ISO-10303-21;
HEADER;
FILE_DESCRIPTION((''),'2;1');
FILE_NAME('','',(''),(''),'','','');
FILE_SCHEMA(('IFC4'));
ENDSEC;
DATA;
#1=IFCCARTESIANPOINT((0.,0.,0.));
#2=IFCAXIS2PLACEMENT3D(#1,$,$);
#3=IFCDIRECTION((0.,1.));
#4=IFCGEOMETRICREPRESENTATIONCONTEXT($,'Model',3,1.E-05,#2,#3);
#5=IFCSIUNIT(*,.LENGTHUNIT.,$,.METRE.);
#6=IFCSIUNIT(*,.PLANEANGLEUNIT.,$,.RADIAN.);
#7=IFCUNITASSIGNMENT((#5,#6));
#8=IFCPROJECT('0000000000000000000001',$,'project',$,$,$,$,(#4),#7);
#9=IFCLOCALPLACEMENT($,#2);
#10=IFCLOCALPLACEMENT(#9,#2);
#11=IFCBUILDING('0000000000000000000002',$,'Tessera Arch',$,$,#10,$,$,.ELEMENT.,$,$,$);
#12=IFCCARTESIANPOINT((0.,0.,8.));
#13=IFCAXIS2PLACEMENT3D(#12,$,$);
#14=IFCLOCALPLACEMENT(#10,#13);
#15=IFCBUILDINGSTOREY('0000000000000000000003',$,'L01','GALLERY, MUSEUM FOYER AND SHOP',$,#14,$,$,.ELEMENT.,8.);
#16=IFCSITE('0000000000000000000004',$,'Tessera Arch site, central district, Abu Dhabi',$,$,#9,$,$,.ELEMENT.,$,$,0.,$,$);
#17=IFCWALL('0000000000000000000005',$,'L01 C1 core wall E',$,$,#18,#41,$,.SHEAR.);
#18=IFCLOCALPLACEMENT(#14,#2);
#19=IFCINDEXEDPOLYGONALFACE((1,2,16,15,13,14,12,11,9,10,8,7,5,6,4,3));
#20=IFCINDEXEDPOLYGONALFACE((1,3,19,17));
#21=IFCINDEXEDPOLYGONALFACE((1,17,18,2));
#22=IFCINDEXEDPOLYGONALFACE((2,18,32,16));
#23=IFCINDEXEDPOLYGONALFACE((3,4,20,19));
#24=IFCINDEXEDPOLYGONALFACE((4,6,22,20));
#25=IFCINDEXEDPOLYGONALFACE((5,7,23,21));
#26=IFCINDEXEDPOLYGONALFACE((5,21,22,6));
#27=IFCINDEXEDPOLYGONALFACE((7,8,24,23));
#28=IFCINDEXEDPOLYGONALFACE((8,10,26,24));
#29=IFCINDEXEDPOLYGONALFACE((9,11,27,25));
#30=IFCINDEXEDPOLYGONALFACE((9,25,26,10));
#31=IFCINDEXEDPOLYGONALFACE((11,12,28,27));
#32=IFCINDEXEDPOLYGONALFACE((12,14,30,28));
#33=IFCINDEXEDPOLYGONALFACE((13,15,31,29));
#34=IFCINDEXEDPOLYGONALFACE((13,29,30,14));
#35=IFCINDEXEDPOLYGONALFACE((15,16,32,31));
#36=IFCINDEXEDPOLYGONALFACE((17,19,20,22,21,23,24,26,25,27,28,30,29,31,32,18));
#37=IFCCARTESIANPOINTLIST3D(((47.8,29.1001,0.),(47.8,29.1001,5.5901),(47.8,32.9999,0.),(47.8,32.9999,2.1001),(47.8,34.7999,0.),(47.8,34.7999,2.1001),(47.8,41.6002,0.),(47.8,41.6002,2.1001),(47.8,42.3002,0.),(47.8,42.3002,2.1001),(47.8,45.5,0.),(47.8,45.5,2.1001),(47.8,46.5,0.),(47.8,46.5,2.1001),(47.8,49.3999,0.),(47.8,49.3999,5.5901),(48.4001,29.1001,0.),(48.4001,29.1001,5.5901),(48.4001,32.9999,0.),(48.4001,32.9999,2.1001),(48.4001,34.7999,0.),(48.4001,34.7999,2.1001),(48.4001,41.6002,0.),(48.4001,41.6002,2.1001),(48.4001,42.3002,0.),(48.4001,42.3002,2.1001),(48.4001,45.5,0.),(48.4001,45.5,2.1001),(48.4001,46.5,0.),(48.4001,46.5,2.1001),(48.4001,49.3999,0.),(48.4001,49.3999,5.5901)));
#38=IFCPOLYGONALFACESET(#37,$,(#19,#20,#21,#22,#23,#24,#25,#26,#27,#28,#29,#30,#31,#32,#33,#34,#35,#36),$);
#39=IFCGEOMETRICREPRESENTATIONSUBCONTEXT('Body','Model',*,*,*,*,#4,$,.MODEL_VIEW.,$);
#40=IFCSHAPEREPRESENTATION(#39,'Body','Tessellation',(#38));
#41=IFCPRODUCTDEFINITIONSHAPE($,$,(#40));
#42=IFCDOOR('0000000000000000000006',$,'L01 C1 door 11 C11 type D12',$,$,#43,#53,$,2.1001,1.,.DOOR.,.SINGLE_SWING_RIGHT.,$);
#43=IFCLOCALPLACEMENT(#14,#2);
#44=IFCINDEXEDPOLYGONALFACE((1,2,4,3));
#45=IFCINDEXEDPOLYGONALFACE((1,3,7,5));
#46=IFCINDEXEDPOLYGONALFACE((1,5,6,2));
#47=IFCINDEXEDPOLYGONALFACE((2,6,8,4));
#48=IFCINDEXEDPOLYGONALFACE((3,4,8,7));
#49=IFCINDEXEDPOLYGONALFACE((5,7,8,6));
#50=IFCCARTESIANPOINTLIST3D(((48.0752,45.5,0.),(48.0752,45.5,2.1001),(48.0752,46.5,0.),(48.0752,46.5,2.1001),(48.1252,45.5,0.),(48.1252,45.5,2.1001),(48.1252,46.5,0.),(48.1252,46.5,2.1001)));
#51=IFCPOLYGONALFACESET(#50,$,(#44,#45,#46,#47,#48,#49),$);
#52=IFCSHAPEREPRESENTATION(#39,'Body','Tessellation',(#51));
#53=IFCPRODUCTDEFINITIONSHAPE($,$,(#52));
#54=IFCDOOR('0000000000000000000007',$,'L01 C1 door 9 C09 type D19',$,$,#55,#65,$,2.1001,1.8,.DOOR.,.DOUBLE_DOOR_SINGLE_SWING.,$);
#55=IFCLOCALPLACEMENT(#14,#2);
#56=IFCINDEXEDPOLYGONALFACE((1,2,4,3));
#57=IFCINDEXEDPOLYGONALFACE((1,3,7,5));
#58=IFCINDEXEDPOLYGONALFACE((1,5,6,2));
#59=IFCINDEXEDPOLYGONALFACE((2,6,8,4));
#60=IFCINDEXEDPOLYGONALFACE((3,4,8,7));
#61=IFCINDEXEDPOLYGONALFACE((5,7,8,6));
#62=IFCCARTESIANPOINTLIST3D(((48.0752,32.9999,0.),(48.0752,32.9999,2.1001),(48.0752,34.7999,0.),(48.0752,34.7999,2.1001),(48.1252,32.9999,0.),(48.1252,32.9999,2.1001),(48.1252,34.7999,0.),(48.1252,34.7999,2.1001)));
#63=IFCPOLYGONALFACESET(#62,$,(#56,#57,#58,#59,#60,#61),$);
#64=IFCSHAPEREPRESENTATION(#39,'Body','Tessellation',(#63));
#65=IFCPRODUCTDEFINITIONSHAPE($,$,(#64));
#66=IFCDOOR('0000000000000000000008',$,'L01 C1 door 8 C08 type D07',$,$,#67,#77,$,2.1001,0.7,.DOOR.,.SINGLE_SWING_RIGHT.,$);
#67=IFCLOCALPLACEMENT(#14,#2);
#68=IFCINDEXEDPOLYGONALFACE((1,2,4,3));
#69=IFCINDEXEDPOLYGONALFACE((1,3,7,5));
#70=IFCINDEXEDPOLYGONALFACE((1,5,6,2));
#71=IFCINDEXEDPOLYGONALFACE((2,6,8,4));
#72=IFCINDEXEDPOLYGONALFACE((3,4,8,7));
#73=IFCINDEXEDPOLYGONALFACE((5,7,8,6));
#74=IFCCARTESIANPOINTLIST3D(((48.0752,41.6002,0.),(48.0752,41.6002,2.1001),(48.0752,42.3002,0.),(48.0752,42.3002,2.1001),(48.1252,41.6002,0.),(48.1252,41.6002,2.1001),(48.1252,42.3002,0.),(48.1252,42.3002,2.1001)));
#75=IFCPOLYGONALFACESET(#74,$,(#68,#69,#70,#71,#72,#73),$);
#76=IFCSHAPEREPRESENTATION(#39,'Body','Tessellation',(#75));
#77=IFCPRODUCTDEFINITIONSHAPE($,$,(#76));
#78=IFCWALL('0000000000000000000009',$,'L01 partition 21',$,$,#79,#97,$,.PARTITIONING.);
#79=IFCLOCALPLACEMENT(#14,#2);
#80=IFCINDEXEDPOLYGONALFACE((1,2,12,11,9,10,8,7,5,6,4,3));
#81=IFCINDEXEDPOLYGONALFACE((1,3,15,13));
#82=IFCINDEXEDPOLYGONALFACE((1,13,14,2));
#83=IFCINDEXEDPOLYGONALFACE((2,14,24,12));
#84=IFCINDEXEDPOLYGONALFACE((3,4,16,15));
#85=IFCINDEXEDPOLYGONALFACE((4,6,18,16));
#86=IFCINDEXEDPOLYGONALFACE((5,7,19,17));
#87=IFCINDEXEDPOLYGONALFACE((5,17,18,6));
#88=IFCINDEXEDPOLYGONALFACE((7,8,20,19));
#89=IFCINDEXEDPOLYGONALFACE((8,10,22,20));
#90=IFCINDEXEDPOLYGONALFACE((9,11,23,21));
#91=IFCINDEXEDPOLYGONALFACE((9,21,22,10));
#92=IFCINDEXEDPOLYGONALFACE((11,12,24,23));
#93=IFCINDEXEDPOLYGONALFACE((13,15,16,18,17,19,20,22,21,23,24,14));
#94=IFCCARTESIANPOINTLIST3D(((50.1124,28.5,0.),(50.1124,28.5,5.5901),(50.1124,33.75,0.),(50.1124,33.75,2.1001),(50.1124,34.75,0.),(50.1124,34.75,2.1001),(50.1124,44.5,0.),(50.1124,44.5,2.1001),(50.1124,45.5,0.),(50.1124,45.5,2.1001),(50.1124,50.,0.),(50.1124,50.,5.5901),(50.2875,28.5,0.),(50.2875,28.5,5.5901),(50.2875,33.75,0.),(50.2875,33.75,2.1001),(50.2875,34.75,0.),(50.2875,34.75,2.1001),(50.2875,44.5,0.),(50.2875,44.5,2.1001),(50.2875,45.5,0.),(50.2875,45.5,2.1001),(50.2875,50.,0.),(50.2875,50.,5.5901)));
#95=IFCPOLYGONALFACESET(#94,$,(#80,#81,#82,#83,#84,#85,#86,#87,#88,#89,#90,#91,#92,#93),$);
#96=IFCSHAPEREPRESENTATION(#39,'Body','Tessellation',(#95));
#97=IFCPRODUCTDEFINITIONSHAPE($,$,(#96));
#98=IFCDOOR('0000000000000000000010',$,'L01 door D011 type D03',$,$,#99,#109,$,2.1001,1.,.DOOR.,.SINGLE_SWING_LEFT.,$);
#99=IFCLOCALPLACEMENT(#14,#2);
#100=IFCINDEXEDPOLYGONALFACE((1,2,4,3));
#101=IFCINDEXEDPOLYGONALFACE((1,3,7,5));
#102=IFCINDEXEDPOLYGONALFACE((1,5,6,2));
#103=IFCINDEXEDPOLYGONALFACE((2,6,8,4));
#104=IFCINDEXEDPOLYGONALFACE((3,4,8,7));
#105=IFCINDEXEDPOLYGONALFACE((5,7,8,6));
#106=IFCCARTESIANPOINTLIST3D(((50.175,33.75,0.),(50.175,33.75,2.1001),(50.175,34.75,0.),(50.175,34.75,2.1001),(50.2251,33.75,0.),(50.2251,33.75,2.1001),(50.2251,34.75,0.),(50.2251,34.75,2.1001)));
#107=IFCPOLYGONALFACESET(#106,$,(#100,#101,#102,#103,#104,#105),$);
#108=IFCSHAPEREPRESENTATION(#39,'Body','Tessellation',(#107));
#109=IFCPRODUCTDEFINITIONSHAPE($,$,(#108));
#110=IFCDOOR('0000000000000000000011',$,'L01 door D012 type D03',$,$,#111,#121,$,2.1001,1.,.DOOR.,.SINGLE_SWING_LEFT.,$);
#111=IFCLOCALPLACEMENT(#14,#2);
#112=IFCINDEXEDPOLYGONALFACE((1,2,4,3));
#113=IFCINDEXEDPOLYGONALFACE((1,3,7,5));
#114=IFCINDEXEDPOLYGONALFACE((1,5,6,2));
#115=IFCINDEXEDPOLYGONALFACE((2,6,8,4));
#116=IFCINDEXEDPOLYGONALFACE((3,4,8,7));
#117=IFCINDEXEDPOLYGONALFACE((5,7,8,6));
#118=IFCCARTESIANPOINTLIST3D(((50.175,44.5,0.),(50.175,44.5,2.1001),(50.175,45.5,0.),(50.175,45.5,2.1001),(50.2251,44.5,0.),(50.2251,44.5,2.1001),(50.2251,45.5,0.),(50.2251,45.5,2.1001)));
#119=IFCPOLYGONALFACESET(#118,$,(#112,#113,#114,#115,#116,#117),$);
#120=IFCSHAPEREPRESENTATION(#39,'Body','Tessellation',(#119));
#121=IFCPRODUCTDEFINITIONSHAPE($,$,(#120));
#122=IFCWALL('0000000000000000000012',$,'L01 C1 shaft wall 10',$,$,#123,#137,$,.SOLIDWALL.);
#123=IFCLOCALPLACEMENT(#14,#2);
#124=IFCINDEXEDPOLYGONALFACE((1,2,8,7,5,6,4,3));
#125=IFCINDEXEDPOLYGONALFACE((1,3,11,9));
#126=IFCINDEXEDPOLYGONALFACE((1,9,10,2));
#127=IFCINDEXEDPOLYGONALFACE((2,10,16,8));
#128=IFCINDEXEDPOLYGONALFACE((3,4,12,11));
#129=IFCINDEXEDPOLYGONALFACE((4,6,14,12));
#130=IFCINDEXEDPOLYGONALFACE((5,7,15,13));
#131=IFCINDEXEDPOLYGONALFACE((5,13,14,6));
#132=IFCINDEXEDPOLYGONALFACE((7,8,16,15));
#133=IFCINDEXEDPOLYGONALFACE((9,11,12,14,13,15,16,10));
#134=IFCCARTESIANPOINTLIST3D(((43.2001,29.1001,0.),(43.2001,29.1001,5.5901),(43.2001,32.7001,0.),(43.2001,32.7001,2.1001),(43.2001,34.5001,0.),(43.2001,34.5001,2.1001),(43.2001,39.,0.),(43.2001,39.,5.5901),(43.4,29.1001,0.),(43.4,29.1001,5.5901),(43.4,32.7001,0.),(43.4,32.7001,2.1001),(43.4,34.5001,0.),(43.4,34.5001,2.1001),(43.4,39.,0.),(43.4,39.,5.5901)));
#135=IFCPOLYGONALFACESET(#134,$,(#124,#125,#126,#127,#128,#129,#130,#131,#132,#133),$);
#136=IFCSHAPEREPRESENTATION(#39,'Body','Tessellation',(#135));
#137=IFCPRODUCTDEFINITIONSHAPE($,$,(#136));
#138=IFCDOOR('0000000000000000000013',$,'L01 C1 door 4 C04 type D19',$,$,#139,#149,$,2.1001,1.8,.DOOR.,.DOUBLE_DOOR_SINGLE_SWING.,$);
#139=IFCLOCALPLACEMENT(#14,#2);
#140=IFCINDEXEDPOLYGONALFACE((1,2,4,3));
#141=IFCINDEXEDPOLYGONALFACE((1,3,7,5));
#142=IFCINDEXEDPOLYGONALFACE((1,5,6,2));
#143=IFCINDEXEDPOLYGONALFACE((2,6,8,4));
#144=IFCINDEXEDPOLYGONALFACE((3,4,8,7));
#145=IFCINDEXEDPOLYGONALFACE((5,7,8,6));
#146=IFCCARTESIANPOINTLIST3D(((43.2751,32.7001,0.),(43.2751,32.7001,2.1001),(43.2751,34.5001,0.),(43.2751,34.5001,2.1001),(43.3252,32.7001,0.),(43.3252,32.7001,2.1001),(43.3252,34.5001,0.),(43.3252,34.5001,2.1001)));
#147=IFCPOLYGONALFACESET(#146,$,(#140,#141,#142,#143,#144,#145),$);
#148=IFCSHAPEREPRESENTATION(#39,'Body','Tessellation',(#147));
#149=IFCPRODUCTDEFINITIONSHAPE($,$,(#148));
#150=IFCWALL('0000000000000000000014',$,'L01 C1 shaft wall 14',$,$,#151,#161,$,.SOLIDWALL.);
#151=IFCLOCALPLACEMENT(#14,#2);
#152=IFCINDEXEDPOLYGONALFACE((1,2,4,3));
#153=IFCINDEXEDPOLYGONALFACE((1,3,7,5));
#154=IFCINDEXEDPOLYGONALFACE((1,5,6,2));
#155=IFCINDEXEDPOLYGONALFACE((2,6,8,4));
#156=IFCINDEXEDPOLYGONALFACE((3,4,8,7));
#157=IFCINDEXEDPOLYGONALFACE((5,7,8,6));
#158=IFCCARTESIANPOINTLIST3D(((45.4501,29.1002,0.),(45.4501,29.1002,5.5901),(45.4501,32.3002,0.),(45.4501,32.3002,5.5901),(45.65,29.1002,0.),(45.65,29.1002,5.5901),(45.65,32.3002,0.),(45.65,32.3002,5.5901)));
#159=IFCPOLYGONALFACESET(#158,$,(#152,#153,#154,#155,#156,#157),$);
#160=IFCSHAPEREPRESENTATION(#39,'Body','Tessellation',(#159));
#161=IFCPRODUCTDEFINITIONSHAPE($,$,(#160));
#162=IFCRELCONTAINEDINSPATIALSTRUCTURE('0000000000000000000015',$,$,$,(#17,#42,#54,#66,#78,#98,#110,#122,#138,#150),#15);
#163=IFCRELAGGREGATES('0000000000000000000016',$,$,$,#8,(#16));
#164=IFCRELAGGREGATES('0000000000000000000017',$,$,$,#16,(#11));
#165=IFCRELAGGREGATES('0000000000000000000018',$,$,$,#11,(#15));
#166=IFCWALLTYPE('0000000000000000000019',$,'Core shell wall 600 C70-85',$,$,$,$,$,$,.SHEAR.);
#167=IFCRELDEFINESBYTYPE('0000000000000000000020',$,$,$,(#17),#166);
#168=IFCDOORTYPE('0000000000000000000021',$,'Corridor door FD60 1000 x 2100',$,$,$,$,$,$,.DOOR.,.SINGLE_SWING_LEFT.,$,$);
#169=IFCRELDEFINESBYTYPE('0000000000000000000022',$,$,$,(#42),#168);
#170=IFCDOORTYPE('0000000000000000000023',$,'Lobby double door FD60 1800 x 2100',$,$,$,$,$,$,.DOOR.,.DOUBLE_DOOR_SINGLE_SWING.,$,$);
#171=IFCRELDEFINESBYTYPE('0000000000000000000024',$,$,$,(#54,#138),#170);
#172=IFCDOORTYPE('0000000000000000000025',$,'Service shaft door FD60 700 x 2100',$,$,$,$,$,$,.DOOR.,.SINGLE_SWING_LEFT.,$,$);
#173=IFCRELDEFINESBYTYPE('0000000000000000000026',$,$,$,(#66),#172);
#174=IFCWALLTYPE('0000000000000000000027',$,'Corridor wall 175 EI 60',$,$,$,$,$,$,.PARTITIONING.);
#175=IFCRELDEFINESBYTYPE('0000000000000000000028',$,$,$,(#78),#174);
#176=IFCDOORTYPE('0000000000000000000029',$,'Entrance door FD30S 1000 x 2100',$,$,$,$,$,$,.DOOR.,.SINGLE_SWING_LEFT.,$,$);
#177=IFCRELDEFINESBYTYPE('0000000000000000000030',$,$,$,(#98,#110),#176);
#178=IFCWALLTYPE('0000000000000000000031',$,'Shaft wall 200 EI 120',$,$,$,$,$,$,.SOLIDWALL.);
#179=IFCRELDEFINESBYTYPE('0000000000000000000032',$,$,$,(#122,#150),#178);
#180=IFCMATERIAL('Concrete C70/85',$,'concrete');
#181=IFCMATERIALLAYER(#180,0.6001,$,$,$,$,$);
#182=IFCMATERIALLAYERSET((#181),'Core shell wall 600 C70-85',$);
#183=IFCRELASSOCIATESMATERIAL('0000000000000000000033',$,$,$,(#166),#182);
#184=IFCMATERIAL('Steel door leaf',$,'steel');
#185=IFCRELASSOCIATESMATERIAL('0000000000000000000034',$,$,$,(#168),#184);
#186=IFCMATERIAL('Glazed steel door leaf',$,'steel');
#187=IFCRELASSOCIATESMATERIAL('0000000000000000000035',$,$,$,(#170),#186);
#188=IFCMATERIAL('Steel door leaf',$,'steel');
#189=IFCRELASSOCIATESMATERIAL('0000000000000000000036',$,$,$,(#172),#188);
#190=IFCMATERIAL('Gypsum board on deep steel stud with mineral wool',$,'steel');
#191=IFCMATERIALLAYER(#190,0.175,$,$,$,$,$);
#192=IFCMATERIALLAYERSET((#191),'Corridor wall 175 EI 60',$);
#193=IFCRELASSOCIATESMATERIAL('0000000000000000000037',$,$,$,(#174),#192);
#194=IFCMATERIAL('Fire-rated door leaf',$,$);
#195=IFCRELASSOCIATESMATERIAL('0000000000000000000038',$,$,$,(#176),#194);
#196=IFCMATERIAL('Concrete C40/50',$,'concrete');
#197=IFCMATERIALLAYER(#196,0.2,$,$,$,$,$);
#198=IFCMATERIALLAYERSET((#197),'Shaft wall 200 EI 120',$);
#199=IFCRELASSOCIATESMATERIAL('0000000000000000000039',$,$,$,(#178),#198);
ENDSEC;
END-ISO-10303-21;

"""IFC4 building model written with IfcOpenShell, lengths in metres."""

from ifc_helpers import new_model, si_unit, direction, frame, frame_2d, origin, place, context, subcontext, project, spatial, rectangle, extrude, material, layer, layer_set, type_object, element, fill, save


model = new_model("IFC4")

# Units and contexts
model_context = context("Model", 3, precision=1e-05, world=origin(), true_north=direction((0.0, 1.0)))
body_context = subcontext(model_context, "Body", "Model", "MODEL_VIEW")
ifc_project = project(units=[si_unit("LENGTHUNIT", "METRE"), si_unit("PLANEANGLEUNIT", "RADIAN")], contexts=[model_context])

# Site, building, storey
site_placement = place(None, origin())
site = spatial("IfcSite", under=ifc_project, at=site_placement, Name="Tessera Arch site, central district, Abu Dhabi", CompositionType="ELEMENT", RefElevation=0.0)
building_placement = place(site_placement, origin())
building = spatial("IfcBuilding", under=site, at=building_placement, Name="Tessera Arch", CompositionType="ELEMENT")
storey_placement = place(building_placement, frame((0.0, 0.0, 8.0)))
storey = spatial("IfcBuildingStorey", under=building, at=storey_placement, Name="L01", Description="GALLERY, MUSEUM FOYER AND SHOP", CompositionType="ELEMENT", Elevation=8.0)

# Walls, openings, doors
ifc_material_1 = material(Name="Concrete C70/85", Category="concrete")
ifc_layer_1 = layer(ifc_material_1, 0.6001)
ifc_layer_set_1 = layer_set([ifc_layer_1], Name="Core shell wall 600 C70-85")
wall_type_1 = type_object("IfcWallType", Name="Core shell wall 600 C70-85", PredefinedType="SHEAR", material=ifc_layer_set_1)
wall_1_placement = place(storey_placement, frame((48.1001, 29.1001, 0.0), z_axis=(0.0, 0.0, 1.0), x_axis=(0.0, 1.0, 0.0)))
wall_1 = element("IfcWall", 1, at=wall_1_placement, inside=storey, type_object=wall_type_1, Name="L01 C1 core wall E", PredefinedType="SHEAR", context=body_context, shape_type="SweptSolid", body=[
    extrude(rectangle(XDim=20.2998, YDim=0.6001, at=frame_2d((10.1499, 0.0))), origin(), (0.0, 0.0, 1.0), 5.5901),
])
opening_1_placement = place(wall_1_placement, frame((12.5, 0.0, 0.0)))
opening_1 = element("IfcOpeningElement", 2, at=opening_1_placement, cuts=wall_1, PredefinedType="OPENING", context=body_context, shape_type="SweptSolid", body=[
    extrude(rectangle(XDim=0.7, YDim=2.1001, at=frame_2d((0.3501, 1.05))), frame((0.0, 0.3101, 0.0), z_axis=(0.0, -1.0, 0.0), x_axis=(1.0, 0.0, 0.0)), (0.0, 0.0, 1.0), 0.6201),
])
opening_2_placement = place(wall_1_placement, frame((3.8999, 0.0, 0.0)))
opening_2 = element("IfcOpeningElement", 3, at=opening_2_placement, cuts=wall_1, PredefinedType="OPENING", context=body_context, shape_type="SweptSolid", body=[
    extrude(rectangle(XDim=1.8, YDim=2.1001, at=frame_2d((0.8999, 1.05))), frame((0.0, 0.3101, 0.0), z_axis=(0.0, -1.0, 0.0), x_axis=(1.0, 0.0, 0.0)), (0.0, 0.0, 1.0), 0.6201),
])
opening_3_placement = place(wall_1_placement, frame((16.3999, 0.0, 0.0)))
opening_3 = element("IfcOpeningElement", 4, at=opening_3_placement, cuts=wall_1, PredefinedType="OPENING", context=body_context, shape_type="SweptSolid", body=[
    extrude(rectangle(XDim=1.0, YDim=2.1001, at=frame_2d((0.5, 1.05))), frame((0.0, 0.3101, 0.0), z_axis=(0.0, -1.0, 0.0), x_axis=(1.0, 0.0, 0.0)), (0.0, 0.0, 1.0), 0.6201),
])
ifc_material_2 = material(Name="Steel door leaf", Category="steel")
door_type_1 = type_object("IfcDoorType", Name="Corridor door FD60 1000 x 2100", OperationType="SINGLE_SWING_LEFT", PredefinedType="DOOR", material=ifc_material_2)
door_1_placement = place(opening_3_placement, origin())
door_1 = element("IfcDoor", 5, at=door_1_placement, inside=storey, type_object=door_type_1, Name="L01 C1 door 11 C11 type D12", OperationType="SINGLE_SWING_RIGHT", OverallHeight=2.1001, OverallWidth=1.0, PredefinedType="DOOR", context=body_context, shape_type="SweptSolid", body=[
    extrude(rectangle(XDim=1.0, YDim=2.1001, at=frame_2d((0.5, 1.05))), frame((0.0, 0.0249, 0.0), z_axis=(0.0, -1.0, 0.0), x_axis=(1.0, 0.0, 0.0)), (0.0, 0.0, 1.0), 0.05),
])
fill(opening_3, door_1)
ifc_material_3 = material(Name="Glazed steel door leaf", Category="steel")
door_type_2 = type_object("IfcDoorType", Name="Lobby double door FD60 1800 x 2100", OperationType="DOUBLE_DOOR_SINGLE_SWING", PredefinedType="DOOR", material=ifc_material_3)
door_2_placement = place(opening_2_placement, origin())
door_2 = element("IfcDoor", 6, at=door_2_placement, inside=storey, type_object=door_type_2, Name="L01 C1 door 9 C09 type D19", OperationType="DOUBLE_DOOR_SINGLE_SWING", OverallHeight=2.1001, OverallWidth=1.8, PredefinedType="DOOR", context=body_context, shape_type="SweptSolid", body=[
    extrude(rectangle(XDim=1.8, YDim=2.1001, at=frame_2d((0.8999, 1.05))), frame((0.0, 0.0249, 0.0), z_axis=(0.0, -1.0, 0.0), x_axis=(1.0, 0.0, 0.0)), (0.0, 0.0, 1.0), 0.05),
])
fill(opening_2, door_2)
ifc_material_4 = material(Name="Steel door leaf", Category="steel")
door_type_3 = type_object("IfcDoorType", Name="Service shaft door FD60 700 x 2100", OperationType="SINGLE_SWING_LEFT", PredefinedType="DOOR", material=ifc_material_4)
door_3_placement = place(opening_1_placement, origin())
door_3 = element("IfcDoor", 7, at=door_3_placement, inside=storey, type_object=door_type_3, Name="L01 C1 door 8 C08 type D07", OperationType="SINGLE_SWING_RIGHT", OverallHeight=2.1001, OverallWidth=0.7, PredefinedType="DOOR", context=body_context, shape_type="SweptSolid", body=[
    extrude(rectangle(XDim=0.7, YDim=2.1001, at=frame_2d((0.3501, 1.05))), frame((0.0, 0.0249, 0.0), z_axis=(0.0, -1.0, 0.0), x_axis=(1.0, 0.0, 0.0)), (0.0, 0.0, 1.0), 0.05),
])
fill(opening_1, door_3)
ifc_material_5 = material(Name="Gypsum board on deep steel stud with mineral wool", Category="steel")
ifc_layer_2 = layer(ifc_material_5, 0.175)
ifc_layer_set_2 = layer_set([ifc_layer_2], Name="Corridor wall 175 EI 60")
wall_type_2 = type_object("IfcWallType", Name="Corridor wall 175 EI 60", PredefinedType="PARTITIONING", material=ifc_layer_set_2)
wall_2_placement = place(storey_placement, frame((50.2, 28.5, 0.0), z_axis=(0.0, 0.0, 1.0), x_axis=(0.0, 1.0, 0.0)))
wall_2 = element("IfcWall", 8, at=wall_2_placement, inside=storey, type_object=wall_type_2, Name="L01 partition 21", PredefinedType="PARTITIONING", context=body_context, shape_type="SweptSolid", body=[
    extrude(rectangle(XDim=21.5, YDim=0.175, at=frame_2d((10.75, 0.0))), origin(), (0.0, 0.0, 1.0), 5.5901),
])
opening_4_placement = place(wall_2_placement, frame((5.25, 0.0, 0.0)))
opening_4 = element("IfcOpeningElement", 9, at=opening_4_placement, cuts=wall_2, PredefinedType="OPENING", context=body_context, shape_type="SweptSolid", body=[
    extrude(rectangle(XDim=1.0, YDim=2.1001, at=frame_2d((0.5, 1.05))), frame((0.0, 0.0974, 0.0), z_axis=(0.0, -1.0, 0.0), x_axis=(1.0, 0.0, 0.0)), (0.0, 0.0, 1.0), 0.1951),
])
opening_5_placement = place(wall_2_placement, frame((16.0, 0.0, 0.0)))
opening_5 = element("IfcOpeningElement", 10, at=opening_5_placement, cuts=wall_2, PredefinedType="OPENING", context=body_context, shape_type="SweptSolid", body=[
    extrude(rectangle(XDim=1.0, YDim=2.1001, at=frame_2d((0.5, 1.05))), frame((0.0, 0.0974, 0.0), z_axis=(0.0, -1.0, 0.0), x_axis=(1.0, 0.0, 0.0)), (0.0, 0.0, 1.0), 0.1951),
])
ifc_material_6 = material(Name="Fire-rated door leaf")
door_type_4 = type_object("IfcDoorType", Name="Entrance door FD30S 1000 x 2100", OperationType="SINGLE_SWING_LEFT", PredefinedType="DOOR", material=ifc_material_6)
door_4_placement = place(opening_4_placement, origin())
door_4 = element("IfcDoor", 11, at=door_4_placement, inside=storey, type_object=door_type_4, Name="L01 door D011 type D03", OperationType="SINGLE_SWING_LEFT", OverallHeight=2.1001, OverallWidth=1.0, PredefinedType="DOOR", context=body_context, shape_type="SweptSolid", body=[
    extrude(rectangle(XDim=1.0, YDim=2.1001, at=frame_2d((0.5, 1.05))), frame((0.0, 0.0249, 0.0), z_axis=(0.0, -1.0, 0.0), x_axis=(1.0, 0.0, 0.0)), (0.0, 0.0, 1.0), 0.05),
])
fill(opening_4, door_4)
door_5_placement = place(opening_5_placement, origin())
door_5 = element("IfcDoor", 12, at=door_5_placement, inside=storey, type_object=door_type_4, Name="L01 door D012 type D03", OperationType="SINGLE_SWING_LEFT", OverallHeight=2.1001, OverallWidth=1.0, PredefinedType="DOOR", context=body_context, shape_type="SweptSolid", body=[
    extrude(rectangle(XDim=1.0, YDim=2.1001, at=frame_2d((0.5, 1.05))), frame((0.0, 0.0249, 0.0), z_axis=(0.0, -1.0, 0.0), x_axis=(1.0, 0.0, 0.0)), (0.0, 0.0, 1.0), 0.05),
])
fill(opening_5, door_5)

# Wall, opening, door
ifc_material_7 = material(Name="Concrete C40/50", Category="concrete")
ifc_layer_3 = layer(ifc_material_7, 0.2)
ifc_layer_set_3 = layer_set([ifc_layer_3], Name="Shaft wall 200 EI 120")
wall_type_3 = type_object("IfcWallType", Name="Shaft wall 200 EI 120", PredefinedType="SOLIDWALL", material=ifc_layer_set_3)
wall_3_placement = place(storey_placement, frame((43.3, 29.1001, 0.0), z_axis=(0.0, 0.0, 1.0), x_axis=(0.0, 1.0, 0.0)))
wall_3 = element("IfcWall", 13, at=wall_3_placement, inside=storey, type_object=wall_type_3, Name="L01 C1 shaft wall 10", PredefinedType="SOLIDWALL", context=body_context, shape_type="SweptSolid", body=[
    extrude(rectangle(XDim=9.8999, YDim=0.2, at=frame_2d((4.95, 0.0))), origin(), (0.0, 0.0, 1.0), 5.5901),
])
opening_6_placement = place(wall_3_placement, frame((3.6001, 0.0, 0.0)))
opening_6 = element("IfcOpeningElement", 14, at=opening_6_placement, cuts=wall_3, PredefinedType="OPENING", context=body_context, shape_type="SweptSolid", body=[
    extrude(rectangle(XDim=1.8, YDim=2.1001, at=frame_2d((0.8999, 1.05))), frame((0.0, 0.1099, 0.0), z_axis=(0.0, -1.0, 0.0), x_axis=(1.0, 0.0, 0.0)), (0.0, 0.0, 1.0), 0.22),
])
door_6_placement = place(opening_6_placement, origin())
door_6 = element("IfcDoor", 15, at=door_6_placement, inside=storey, type_object=door_type_2, Name="L01 C1 door 4 C04 type D19", OperationType="DOUBLE_DOOR_SINGLE_SWING", OverallHeight=2.1001, OverallWidth=1.8, PredefinedType="DOOR", context=body_context, shape_type="SweptSolid", body=[
    extrude(rectangle(XDim=1.8, YDim=2.1001, at=frame_2d((0.8999, 1.05))), frame((0.0, 0.0249, 0.0), z_axis=(0.0, -1.0, 0.0), x_axis=(1.0, 0.0, 0.0)), (0.0, 0.0, 1.0), 0.05),
])
fill(opening_6, door_6)

# Wall
for number, where, z_axis, x_axis, name in (
    (16, (45.55, 29.1001, 0.0), (0.0, 0.0, 1.0), (0.0, 1.0, 0.0), "L01 C1 shaft wall 14"),
):
    element("IfcWall", number, at=place(storey_placement, frame(where, z_axis=z_axis, x_axis=x_axis)), inside=storey, type_object=wall_type_3, Name=name, PredefinedType="SOLIDWALL", context=body_context, shape_type="SweptSolid", body=[
        extrude(rectangle(XDim=3.2, YDim=0.2, at=frame_2d((1.6001, 0.0))), origin(), (0.0, 0.0, 1.0), 5.5901),
    ])

save(model, "model.ifc")
